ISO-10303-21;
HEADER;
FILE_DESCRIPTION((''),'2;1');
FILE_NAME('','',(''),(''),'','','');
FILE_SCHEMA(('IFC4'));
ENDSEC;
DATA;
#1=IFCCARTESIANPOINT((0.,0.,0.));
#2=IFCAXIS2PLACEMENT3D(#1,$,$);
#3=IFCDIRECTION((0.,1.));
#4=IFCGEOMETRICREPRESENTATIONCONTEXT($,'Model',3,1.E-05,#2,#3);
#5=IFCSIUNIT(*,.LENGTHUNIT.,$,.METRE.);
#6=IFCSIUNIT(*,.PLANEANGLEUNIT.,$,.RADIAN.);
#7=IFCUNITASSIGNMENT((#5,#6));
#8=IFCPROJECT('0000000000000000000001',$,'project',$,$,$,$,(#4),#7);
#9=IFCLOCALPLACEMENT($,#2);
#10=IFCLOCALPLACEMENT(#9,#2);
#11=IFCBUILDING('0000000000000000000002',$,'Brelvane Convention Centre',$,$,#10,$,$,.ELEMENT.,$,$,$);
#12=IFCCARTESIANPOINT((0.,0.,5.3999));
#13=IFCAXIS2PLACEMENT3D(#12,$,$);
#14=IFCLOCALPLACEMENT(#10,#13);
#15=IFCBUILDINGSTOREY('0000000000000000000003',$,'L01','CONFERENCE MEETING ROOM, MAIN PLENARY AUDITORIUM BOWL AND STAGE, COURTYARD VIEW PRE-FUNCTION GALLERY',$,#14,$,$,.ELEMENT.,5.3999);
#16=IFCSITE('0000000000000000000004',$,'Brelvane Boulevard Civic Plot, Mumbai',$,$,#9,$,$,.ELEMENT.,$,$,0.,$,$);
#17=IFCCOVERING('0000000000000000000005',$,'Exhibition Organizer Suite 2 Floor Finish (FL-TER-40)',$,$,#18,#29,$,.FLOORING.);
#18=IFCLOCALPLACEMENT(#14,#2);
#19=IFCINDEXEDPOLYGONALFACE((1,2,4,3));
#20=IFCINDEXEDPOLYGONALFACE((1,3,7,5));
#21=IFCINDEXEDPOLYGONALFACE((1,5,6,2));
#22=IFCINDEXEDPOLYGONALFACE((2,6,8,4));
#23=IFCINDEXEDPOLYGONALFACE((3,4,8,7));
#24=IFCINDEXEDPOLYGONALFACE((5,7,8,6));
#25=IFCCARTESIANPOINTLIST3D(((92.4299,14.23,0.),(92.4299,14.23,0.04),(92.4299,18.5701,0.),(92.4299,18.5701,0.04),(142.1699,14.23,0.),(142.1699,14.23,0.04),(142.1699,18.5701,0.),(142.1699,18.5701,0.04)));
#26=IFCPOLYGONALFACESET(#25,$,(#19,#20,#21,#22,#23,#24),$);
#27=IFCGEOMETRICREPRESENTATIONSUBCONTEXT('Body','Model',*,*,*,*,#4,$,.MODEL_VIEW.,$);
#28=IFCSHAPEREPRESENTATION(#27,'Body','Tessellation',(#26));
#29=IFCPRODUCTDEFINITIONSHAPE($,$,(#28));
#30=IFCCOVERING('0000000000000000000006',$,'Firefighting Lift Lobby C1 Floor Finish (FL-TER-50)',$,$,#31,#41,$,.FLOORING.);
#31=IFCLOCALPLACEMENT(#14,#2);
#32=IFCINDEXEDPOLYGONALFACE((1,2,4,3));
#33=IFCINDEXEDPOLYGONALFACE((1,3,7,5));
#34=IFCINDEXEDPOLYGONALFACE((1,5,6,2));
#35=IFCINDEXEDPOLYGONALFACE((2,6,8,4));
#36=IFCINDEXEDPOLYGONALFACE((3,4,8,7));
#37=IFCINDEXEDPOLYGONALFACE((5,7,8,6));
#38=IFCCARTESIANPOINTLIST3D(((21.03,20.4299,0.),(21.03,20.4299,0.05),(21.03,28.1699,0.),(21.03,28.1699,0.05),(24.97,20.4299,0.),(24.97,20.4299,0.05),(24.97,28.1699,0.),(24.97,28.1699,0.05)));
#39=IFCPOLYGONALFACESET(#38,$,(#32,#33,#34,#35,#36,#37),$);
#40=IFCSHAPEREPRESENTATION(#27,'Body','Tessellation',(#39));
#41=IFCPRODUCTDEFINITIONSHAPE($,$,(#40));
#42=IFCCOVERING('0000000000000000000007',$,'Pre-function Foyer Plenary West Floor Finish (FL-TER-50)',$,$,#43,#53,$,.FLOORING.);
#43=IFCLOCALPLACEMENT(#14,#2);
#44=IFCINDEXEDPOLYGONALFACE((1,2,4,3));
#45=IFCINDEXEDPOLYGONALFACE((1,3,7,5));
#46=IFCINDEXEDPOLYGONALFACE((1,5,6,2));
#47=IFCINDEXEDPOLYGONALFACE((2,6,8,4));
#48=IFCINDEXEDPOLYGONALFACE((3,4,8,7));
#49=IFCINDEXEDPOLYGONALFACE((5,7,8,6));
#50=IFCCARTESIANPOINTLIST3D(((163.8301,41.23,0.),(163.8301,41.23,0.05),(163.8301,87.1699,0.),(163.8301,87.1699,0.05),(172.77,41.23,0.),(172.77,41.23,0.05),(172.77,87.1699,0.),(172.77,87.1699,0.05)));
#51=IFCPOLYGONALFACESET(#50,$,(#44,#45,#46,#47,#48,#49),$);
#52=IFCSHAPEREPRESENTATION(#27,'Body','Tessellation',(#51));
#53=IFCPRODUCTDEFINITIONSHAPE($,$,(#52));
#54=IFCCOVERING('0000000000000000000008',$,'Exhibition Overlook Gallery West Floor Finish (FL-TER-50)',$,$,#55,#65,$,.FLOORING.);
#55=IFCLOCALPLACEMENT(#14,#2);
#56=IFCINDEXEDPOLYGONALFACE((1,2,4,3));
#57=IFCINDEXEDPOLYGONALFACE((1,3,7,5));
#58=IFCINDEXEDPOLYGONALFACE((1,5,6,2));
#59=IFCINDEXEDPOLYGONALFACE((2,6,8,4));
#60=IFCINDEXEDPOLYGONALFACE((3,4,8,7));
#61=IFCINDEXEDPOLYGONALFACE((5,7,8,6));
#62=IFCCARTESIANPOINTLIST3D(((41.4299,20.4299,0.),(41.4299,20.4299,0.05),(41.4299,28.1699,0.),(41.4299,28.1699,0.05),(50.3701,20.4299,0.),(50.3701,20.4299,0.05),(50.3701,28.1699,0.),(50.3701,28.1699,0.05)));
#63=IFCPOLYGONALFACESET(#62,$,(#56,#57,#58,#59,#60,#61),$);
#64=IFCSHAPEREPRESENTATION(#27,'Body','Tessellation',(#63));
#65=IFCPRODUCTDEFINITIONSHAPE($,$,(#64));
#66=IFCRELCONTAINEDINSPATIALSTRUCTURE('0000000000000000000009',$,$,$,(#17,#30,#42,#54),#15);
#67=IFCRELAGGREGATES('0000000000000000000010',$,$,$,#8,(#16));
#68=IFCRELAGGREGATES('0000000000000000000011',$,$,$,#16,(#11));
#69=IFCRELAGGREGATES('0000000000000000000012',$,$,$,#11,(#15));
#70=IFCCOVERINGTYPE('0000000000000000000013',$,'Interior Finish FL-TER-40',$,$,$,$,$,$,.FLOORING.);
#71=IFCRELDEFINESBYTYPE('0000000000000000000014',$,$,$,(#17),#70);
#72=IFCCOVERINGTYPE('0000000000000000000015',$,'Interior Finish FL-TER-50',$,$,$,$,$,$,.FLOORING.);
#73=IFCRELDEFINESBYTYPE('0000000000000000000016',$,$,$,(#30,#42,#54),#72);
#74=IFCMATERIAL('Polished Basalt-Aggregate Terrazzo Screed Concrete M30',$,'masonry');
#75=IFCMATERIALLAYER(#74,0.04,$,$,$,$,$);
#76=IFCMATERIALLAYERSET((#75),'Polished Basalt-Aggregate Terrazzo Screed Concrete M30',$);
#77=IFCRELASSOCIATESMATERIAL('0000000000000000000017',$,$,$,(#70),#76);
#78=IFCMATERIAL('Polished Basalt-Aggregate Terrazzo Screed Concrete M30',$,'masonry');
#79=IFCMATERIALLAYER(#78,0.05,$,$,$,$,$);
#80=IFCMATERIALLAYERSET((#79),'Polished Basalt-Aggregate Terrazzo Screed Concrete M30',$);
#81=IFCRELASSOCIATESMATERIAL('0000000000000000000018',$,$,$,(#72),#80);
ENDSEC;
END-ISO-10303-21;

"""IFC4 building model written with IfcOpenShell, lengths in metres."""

from ifc_helpers import new_model, si_unit, direction, frame, origin, place, context, subcontext, project, spatial, polyline, outline, extrude, material, layer, layer_set, type_object, element, save


model = new_model("IFC4")

# Units and contexts
model_context = context("Model", 3, precision=1e-05, world=origin(), true_north=direction((0.0, 1.0)))
body_context = subcontext(model_context, "Body", "Model", "MODEL_VIEW")
ifc_project = project(units=[si_unit("LENGTHUNIT", "METRE"), si_unit("PLANEANGLEUNIT", "RADIAN")], contexts=[model_context])

# Site, building, storey
site_placement = place(None, origin())
site = spatial("IfcSite", under=ifc_project, at=site_placement, Name="Brelvane Boulevard Civic Plot, Mumbai", CompositionType="ELEMENT", RefElevation=0.0)
building_placement = place(site_placement, origin())
building = spatial("IfcBuilding", under=site, at=building_placement, Name="Brelvane Convention Centre", CompositionType="ELEMENT")
storey_placement = place(building_placement, frame((0.0, 0.0, 5.3999)))
storey = spatial("IfcBuildingStorey", under=building, at=storey_placement, Name="L01", Description="CONFERENCE MEETING ROOM, MAIN PLENARY AUDITORIUM BOWL AND STAGE, COURTYARD VIEW PRE-FUNCTION GALLERY", CompositionType="ELEMENT", Elevation=5.3999)

# Coverings
ifc_material_1 = material(Name="Polished Basalt-Aggregate Terrazzo Screed Concrete M30", Category="masonry")
ifc_layer_1 = layer(ifc_material_1, 0.04)
ifc_layer_set_1 = layer_set([ifc_layer_1], Name="Polished Basalt-Aggregate Terrazzo Screed Concrete M30")
covering_type_1 = type_object("IfcCoveringType", Name="Interior Finish FL-TER-40", PredefinedType="FLOORING", material=ifc_layer_set_1)
covering_1_placement = place(storey_placement, origin())
element("IfcCovering", 1, at=covering_1_placement, inside=storey, type_object=covering_type_1, Name="Exhibition Organizer Suite 2 Floor Finish (FL-TER-40)", PredefinedType="FLOORING", context=body_context, shape_type="SweptSolid", body=[
    extrude(outline(polyline([(92.4299, 14.23), (142.1699, 14.23), (142.1699, 18.5701), (92.4299, 18.5701), (92.4299, 14.23)])), origin(), (0.0, 0.0, 1.0), 0.04),
])
ifc_material_2 = material(Name="Polished Basalt-Aggregate Terrazzo Screed Concrete M30", Category="masonry")
ifc_layer_2 = layer(ifc_material_2, 0.05)
ifc_layer_set_2 = layer_set([ifc_layer_2], Name="Polished Basalt-Aggregate Terrazzo Screed Concrete M30")
covering_type_2 = type_object("IfcCoveringType", Name="Interior Finish FL-TER-50", PredefinedType="FLOORING", material=ifc_layer_set_2)
covering_2_placement = place(storey_placement, origin())
element("IfcCovering", 2, at=covering_2_placement, inside=storey, type_object=covering_type_2, Name="Firefighting Lift Lobby C1 Floor Finish (FL-TER-50)", PredefinedType="FLOORING", context=body_context, shape_type="SweptSolid", body=[
    extrude(outline(polyline([(21.03, 20.4299), (24.97, 20.4299), (24.97, 28.1699), (21.03, 28.1699), (21.03, 20.4299)])), origin(), (0.0, 0.0, 1.0), 0.05),
])
covering_3_placement = place(storey_placement, origin())
element("IfcCovering", 3, at=covering_3_placement, inside=storey, type_object=covering_type_2, Name="Pre-function Foyer Plenary West Floor Finish (FL-TER-50)", PredefinedType="FLOORING", context=body_context, shape_type="SweptSolid", body=[
    extrude(outline(polyline([(163.8301, 41.23), (172.77, 41.23), (172.77, 87.1699), (163.8301, 87.1699), (163.8301, 41.23)])), origin(), (0.0, 0.0, 1.0), 0.05),
])
covering_4_placement = place(storey_placement, origin())
element("IfcCovering", 4, at=covering_4_placement, inside=storey, type_object=covering_type_2, Name="Exhibition Overlook Gallery West Floor Finish (FL-TER-50)", PredefinedType="FLOORING", context=body_context, shape_type="SweptSolid", body=[
    extrude(outline(polyline([(41.4299, 20.4299), (50.3701, 20.4299), (50.3701, 28.1699), (41.4299, 28.1699), (41.4299, 20.4299)])), origin(), (0.0, 0.0, 1.0), 0.05),
])

save(model, "model.ifc")
